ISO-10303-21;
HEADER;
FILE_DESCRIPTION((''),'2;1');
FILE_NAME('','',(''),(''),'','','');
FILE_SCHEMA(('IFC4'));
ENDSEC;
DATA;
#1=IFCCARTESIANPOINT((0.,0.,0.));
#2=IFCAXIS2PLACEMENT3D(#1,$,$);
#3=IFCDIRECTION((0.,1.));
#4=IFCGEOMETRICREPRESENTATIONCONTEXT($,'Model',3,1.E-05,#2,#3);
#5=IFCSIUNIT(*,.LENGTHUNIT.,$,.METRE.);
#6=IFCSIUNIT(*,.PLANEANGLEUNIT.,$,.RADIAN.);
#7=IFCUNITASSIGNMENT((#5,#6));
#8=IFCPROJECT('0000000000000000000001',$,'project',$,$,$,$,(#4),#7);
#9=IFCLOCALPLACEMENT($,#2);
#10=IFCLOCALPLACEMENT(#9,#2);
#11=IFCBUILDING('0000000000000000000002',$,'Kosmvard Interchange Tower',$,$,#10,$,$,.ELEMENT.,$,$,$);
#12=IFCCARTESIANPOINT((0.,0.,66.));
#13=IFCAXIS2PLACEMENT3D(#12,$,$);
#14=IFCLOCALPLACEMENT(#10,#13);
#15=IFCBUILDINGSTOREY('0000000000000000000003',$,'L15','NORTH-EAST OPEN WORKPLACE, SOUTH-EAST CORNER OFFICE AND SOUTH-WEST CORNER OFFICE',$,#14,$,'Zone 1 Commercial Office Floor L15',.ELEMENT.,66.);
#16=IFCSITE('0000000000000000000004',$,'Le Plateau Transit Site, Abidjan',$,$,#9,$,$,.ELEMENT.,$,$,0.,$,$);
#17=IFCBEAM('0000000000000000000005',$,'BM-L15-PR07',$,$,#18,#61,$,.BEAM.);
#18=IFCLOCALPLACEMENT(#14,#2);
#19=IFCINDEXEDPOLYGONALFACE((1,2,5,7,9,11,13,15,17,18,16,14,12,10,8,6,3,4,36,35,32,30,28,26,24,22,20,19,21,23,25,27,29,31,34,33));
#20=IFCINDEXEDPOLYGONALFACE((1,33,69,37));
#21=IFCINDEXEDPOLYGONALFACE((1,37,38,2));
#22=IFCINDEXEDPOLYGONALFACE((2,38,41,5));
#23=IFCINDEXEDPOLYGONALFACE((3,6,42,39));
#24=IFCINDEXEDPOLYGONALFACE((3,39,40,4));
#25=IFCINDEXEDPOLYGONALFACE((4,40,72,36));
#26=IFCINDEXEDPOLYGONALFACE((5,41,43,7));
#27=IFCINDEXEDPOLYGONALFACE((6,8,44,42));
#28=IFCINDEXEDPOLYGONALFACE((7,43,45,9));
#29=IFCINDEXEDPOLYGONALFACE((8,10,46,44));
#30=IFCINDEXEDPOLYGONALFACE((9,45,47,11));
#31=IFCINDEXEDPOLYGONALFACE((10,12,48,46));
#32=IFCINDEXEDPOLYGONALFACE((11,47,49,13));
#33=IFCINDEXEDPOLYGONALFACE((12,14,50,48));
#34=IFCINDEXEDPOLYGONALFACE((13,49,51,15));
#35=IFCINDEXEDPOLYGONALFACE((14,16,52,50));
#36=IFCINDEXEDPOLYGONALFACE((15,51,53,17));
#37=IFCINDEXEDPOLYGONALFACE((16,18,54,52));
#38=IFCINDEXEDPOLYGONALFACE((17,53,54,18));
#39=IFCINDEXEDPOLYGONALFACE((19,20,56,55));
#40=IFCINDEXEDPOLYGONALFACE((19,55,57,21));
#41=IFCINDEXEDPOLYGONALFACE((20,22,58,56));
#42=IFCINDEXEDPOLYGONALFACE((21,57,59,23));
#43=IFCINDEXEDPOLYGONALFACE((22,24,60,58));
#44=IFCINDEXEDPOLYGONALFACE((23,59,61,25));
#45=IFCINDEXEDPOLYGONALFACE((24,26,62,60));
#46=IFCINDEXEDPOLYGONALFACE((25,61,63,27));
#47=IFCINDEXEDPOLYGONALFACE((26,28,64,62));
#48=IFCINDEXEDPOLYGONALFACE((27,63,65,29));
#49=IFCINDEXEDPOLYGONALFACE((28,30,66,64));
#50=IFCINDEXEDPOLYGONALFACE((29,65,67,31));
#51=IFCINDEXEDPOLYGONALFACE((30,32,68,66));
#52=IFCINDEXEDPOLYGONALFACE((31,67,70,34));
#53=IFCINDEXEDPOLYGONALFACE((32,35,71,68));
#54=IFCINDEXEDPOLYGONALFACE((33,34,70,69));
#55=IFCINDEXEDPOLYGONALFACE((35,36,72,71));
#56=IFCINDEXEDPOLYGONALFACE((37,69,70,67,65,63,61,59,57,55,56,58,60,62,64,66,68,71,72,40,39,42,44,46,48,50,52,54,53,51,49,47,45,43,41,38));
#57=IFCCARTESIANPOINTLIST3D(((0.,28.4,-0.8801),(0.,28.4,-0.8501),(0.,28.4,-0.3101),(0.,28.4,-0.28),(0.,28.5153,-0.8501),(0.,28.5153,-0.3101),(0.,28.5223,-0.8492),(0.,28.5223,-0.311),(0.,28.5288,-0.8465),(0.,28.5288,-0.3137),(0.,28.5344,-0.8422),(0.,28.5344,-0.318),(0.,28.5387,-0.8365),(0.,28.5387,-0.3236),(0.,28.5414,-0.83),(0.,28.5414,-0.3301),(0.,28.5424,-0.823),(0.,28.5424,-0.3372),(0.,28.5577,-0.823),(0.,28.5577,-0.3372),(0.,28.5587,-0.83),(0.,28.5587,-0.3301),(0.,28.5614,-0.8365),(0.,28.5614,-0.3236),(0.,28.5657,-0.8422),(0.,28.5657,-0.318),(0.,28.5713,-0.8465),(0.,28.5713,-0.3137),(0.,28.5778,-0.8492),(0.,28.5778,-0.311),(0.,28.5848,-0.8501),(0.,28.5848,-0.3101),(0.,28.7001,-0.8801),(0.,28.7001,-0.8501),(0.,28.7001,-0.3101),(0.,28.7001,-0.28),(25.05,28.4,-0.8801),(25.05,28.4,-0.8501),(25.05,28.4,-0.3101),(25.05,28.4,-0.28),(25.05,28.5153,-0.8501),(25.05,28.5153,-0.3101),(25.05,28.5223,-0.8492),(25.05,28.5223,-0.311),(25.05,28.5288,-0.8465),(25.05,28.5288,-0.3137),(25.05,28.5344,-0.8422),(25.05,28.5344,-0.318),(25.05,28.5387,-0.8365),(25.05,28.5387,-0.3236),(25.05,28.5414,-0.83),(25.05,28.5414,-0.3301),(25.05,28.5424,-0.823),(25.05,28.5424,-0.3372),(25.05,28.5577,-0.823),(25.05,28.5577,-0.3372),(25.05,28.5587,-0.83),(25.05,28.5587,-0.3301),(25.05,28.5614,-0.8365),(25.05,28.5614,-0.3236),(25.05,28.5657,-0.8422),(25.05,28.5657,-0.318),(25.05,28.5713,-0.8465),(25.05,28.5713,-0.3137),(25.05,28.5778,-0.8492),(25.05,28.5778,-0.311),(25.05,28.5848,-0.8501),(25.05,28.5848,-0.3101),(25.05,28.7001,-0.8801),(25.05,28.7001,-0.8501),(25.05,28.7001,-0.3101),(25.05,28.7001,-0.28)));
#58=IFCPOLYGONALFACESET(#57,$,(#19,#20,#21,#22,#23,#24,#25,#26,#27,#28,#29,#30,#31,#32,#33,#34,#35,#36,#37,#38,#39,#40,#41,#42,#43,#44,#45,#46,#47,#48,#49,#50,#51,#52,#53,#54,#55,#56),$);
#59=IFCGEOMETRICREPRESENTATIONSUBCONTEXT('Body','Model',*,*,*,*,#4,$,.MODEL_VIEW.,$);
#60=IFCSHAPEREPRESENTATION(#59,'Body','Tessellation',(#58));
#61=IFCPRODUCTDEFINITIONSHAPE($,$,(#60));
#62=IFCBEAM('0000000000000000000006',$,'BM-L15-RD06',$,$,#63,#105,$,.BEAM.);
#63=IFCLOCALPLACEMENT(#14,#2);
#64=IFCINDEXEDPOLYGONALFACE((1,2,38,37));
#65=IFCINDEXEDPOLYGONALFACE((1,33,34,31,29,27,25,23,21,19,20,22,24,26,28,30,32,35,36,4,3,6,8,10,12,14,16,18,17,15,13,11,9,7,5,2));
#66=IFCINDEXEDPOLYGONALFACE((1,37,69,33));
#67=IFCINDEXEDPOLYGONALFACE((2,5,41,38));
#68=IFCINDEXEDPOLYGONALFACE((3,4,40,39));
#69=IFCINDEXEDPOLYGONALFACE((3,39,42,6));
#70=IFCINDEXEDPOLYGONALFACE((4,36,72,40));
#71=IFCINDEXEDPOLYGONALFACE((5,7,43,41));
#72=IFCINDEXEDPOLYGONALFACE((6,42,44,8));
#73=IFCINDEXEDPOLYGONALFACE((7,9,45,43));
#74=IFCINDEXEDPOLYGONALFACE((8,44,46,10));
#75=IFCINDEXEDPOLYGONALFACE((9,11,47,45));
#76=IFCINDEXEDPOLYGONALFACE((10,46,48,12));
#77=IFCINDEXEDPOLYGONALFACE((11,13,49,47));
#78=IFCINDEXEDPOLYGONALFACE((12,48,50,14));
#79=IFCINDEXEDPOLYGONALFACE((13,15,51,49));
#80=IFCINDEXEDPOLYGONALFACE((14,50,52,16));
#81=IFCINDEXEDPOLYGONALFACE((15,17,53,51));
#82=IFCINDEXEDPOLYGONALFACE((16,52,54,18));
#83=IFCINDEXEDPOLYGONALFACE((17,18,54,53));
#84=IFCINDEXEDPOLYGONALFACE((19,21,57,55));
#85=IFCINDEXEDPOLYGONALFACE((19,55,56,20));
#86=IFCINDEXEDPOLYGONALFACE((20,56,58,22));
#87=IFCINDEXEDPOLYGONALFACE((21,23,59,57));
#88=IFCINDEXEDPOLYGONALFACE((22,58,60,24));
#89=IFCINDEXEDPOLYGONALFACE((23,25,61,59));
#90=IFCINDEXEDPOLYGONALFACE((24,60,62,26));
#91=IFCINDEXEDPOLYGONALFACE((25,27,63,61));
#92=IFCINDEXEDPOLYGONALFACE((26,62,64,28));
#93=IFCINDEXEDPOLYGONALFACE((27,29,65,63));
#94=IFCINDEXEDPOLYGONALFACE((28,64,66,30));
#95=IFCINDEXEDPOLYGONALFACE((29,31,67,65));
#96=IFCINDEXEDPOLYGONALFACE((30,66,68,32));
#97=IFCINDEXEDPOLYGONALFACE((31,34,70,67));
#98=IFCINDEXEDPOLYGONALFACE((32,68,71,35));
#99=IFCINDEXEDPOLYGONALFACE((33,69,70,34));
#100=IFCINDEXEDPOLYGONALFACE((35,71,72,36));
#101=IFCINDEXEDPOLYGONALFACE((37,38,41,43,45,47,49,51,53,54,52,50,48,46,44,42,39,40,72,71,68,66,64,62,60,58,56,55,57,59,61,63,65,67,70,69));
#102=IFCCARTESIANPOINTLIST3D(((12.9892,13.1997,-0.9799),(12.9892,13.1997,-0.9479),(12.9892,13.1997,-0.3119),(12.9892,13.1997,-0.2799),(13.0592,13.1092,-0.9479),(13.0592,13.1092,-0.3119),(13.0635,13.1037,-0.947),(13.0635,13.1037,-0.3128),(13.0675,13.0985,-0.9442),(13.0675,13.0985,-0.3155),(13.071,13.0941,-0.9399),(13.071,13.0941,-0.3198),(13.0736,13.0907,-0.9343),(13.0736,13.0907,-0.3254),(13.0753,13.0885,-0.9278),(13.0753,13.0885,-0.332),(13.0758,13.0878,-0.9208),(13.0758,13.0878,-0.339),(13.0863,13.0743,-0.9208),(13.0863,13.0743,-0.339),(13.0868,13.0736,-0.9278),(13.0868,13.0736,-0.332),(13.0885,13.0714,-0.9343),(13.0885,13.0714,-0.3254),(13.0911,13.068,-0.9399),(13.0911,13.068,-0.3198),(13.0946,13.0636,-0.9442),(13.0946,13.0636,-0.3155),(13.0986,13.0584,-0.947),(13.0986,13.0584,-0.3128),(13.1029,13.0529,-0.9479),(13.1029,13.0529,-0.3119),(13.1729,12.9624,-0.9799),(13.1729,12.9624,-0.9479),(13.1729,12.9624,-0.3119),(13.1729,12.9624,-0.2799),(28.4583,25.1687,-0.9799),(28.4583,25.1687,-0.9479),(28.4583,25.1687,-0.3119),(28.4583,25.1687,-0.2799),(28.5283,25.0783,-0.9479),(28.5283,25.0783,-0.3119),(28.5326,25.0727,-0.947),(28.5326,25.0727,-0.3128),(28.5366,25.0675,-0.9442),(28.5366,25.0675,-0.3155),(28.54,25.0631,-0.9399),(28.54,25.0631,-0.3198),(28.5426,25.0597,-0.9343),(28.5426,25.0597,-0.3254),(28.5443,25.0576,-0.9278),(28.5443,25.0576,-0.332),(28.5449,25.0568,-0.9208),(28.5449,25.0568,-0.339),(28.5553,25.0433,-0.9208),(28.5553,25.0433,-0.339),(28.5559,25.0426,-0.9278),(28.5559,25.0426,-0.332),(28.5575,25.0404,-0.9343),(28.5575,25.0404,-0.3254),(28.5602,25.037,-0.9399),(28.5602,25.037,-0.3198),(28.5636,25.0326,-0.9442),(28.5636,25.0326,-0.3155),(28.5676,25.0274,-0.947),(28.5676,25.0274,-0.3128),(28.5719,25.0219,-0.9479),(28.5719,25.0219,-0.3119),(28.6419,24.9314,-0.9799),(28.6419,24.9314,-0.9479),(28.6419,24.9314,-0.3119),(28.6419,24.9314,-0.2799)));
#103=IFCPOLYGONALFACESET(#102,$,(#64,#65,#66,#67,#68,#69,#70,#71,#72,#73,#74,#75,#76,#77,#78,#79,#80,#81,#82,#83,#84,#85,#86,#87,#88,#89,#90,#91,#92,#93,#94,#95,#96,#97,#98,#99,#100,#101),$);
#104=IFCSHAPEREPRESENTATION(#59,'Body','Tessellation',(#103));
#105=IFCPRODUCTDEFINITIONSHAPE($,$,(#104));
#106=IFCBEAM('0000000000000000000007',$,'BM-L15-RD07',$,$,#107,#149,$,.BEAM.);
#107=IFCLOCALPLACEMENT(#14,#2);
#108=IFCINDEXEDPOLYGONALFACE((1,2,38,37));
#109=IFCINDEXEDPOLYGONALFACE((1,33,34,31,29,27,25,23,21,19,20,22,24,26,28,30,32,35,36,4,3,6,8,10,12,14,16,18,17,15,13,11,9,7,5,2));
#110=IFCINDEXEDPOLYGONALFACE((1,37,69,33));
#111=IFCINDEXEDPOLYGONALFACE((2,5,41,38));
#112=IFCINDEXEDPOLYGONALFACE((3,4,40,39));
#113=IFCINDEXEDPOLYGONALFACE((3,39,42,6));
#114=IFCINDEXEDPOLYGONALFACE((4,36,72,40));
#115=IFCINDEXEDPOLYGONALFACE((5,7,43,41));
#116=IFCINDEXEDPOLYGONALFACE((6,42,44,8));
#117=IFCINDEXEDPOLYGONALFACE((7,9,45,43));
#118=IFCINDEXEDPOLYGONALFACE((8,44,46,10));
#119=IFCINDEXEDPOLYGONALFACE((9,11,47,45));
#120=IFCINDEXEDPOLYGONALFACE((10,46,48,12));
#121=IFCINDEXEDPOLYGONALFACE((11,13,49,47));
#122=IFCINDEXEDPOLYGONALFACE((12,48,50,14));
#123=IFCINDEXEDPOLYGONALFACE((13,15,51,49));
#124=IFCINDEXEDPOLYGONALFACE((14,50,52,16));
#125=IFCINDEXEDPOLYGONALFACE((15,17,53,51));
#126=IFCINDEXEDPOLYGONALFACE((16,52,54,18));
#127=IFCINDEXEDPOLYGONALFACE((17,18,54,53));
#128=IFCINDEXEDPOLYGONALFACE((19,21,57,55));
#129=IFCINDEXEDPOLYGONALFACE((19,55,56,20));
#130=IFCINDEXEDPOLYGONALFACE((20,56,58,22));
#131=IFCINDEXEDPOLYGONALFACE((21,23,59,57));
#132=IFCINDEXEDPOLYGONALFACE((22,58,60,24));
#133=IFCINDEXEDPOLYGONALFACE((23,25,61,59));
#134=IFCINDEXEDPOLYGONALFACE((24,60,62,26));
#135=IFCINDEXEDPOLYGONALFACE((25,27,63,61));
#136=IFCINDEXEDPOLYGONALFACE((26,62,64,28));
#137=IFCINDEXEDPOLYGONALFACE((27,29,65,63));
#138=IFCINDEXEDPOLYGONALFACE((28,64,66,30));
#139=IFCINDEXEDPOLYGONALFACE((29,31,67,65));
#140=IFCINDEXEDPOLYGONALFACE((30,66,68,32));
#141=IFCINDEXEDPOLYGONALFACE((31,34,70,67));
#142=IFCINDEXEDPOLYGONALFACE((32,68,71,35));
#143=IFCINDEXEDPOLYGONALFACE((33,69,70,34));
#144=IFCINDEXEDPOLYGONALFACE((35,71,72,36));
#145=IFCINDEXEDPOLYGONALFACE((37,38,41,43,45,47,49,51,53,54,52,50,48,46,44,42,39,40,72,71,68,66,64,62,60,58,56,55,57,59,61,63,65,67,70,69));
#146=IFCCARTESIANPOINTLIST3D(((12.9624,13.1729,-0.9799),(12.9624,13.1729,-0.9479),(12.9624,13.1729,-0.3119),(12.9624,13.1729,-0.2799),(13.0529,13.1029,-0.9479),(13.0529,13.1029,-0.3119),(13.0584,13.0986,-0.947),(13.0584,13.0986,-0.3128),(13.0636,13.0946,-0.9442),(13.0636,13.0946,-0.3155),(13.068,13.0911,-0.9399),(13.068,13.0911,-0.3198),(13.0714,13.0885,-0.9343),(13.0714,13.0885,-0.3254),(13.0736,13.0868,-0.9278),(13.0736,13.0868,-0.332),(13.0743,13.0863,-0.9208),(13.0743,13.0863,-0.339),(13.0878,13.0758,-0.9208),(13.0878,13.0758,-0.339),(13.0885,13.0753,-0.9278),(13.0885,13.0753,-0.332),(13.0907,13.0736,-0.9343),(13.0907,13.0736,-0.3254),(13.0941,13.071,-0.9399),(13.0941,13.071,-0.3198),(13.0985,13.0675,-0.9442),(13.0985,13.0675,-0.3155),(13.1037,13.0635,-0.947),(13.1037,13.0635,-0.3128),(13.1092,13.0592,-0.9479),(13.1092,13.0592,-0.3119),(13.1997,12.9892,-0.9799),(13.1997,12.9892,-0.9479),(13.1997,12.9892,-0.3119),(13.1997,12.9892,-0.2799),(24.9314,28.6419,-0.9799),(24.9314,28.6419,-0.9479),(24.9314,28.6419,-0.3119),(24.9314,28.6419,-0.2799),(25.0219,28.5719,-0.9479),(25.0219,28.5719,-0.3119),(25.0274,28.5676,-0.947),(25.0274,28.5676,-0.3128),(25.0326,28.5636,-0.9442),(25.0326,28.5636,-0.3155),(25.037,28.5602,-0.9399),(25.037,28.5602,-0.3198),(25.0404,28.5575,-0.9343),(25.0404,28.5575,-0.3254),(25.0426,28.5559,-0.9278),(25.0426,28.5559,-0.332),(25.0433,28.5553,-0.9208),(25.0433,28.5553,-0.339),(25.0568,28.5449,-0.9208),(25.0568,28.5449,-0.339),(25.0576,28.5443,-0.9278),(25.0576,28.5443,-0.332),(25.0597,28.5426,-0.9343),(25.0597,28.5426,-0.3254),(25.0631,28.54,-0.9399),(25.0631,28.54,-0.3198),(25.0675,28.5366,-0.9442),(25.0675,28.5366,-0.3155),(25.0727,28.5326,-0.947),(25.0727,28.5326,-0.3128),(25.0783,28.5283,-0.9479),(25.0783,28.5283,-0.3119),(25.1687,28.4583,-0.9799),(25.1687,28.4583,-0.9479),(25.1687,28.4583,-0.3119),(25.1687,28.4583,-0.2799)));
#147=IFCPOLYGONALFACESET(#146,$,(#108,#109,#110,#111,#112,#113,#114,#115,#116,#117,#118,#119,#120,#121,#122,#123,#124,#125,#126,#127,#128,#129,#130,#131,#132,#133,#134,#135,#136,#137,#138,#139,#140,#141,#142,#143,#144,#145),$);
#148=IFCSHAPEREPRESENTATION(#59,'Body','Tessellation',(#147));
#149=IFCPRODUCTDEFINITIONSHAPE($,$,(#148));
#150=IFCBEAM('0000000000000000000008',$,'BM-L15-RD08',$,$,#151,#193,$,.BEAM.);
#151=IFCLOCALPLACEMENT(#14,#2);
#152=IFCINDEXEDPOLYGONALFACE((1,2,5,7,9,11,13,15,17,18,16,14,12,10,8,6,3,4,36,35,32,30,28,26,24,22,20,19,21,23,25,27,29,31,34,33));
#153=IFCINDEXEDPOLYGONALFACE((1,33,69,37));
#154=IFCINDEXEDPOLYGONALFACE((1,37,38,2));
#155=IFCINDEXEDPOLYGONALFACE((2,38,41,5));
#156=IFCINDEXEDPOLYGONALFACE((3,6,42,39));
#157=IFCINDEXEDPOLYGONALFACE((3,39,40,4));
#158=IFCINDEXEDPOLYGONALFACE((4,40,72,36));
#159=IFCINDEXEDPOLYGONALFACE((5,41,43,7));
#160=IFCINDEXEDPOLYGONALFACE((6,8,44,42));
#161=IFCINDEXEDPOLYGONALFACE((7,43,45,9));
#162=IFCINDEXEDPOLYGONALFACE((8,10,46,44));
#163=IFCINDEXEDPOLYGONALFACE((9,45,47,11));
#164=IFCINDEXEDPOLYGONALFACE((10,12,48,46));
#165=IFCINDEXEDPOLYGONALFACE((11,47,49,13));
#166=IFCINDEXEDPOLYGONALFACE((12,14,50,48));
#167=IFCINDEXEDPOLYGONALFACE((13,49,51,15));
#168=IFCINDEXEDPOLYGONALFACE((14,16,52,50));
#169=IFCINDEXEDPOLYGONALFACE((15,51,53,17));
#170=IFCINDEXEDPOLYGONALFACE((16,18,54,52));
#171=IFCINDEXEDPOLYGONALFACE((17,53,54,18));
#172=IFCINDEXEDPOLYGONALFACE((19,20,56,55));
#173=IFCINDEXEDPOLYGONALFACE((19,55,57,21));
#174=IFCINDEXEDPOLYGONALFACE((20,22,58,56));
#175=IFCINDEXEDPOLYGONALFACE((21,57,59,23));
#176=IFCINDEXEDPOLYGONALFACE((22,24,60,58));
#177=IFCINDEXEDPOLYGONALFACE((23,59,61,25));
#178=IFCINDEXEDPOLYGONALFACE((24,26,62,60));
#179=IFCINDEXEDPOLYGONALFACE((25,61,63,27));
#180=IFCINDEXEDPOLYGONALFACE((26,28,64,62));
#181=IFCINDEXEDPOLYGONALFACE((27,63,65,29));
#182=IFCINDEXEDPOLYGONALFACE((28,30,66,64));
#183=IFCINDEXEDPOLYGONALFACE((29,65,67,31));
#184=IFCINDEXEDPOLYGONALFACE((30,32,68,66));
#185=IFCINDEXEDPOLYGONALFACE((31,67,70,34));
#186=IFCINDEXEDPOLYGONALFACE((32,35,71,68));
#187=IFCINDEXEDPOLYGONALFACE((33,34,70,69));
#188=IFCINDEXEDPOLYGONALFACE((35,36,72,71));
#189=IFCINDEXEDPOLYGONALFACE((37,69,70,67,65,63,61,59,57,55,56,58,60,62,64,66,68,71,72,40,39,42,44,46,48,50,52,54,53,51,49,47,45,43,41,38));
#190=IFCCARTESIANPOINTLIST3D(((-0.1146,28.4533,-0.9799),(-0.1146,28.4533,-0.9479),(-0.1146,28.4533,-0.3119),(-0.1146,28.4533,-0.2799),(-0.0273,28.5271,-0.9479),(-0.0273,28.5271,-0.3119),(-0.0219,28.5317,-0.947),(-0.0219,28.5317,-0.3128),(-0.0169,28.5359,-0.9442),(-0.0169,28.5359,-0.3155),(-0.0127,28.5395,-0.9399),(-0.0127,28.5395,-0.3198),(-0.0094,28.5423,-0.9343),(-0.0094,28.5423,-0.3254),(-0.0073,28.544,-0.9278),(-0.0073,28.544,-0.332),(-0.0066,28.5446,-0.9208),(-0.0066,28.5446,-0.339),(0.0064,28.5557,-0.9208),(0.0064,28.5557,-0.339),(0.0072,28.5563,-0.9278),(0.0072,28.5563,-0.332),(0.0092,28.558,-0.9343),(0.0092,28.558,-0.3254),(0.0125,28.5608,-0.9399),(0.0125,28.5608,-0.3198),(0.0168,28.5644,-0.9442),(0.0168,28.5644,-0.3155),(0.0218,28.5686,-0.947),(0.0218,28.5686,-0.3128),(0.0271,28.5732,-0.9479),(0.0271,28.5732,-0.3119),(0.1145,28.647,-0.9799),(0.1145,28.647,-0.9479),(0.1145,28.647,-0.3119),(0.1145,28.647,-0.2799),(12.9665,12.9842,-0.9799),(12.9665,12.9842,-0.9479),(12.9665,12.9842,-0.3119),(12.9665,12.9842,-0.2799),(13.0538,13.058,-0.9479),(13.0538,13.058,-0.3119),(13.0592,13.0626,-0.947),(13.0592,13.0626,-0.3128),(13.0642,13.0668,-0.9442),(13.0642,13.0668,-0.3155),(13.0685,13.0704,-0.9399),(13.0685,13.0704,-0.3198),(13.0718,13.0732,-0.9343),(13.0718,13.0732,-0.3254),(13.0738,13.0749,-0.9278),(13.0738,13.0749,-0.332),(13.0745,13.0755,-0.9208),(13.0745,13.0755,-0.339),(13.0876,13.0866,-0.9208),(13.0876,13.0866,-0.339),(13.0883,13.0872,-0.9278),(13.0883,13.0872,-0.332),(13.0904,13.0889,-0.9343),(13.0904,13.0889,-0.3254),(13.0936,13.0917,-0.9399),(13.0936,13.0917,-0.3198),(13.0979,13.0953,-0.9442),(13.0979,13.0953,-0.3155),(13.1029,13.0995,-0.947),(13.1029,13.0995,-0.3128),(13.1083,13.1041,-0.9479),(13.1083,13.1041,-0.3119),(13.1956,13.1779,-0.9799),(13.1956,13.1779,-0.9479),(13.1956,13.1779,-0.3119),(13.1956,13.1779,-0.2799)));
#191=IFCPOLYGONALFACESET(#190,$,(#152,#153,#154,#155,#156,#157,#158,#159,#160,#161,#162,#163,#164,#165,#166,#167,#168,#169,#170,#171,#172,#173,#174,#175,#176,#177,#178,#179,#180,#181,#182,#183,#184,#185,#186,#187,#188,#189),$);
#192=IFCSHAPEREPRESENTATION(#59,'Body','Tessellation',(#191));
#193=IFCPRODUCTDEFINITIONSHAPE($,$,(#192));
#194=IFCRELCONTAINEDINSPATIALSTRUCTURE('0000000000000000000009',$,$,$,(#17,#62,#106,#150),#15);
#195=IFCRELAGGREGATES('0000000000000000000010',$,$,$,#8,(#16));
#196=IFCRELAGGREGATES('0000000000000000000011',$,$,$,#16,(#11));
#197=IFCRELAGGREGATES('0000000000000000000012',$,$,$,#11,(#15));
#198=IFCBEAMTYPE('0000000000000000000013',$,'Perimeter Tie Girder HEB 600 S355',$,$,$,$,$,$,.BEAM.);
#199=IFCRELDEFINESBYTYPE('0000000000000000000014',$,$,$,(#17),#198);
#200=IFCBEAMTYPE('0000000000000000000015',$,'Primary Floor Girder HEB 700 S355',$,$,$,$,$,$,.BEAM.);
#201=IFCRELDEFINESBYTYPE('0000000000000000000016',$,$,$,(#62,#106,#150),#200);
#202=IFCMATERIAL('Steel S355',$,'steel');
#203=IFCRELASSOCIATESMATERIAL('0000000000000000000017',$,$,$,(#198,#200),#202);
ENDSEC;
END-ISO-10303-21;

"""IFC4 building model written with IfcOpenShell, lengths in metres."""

from ifc_helpers import new_model, si_unit, direction, frame, origin, origin_2d, place, context, subcontext, project, spatial, i_section, extrude, source, transform, mapped, material, material_profile, profile_set, type_object, element, save


model = new_model("IFC4")

# Units and contexts
model_context = context("Model", 3, precision=1e-05, world=origin(), true_north=direction((0.0, 1.0)))
body_context = subcontext(model_context, "Body", "Model", "MODEL_VIEW")
ifc_project = project(units=[si_unit("LENGTHUNIT", "METRE"), si_unit("PLANEANGLEUNIT", "RADIAN")], contexts=[model_context])

# Site, building, storey
site_placement = place(None, origin())
site = spatial("IfcSite", under=ifc_project, at=site_placement, Name="Le Plateau Transit Site, Abidjan", CompositionType="ELEMENT", RefElevation=0.0)
building_placement = place(site_placement, origin())
building = spatial("IfcBuilding", under=site, at=building_placement, Name="Kosmvard Interchange Tower", CompositionType="ELEMENT")
storey_placement = place(building_placement, frame((0.0, 0.0, 66.0)))
storey = spatial("IfcBuildingStorey", under=building, at=storey_placement, Name="L15", Description="NORTH-EAST OPEN WORKPLACE, SOUTH-EAST CORNER OFFICE AND SOUTH-WEST CORNER OFFICE", LongName="Zone 1 Commercial Office Floor L15", CompositionType="ELEMENT", Elevation=66.0)

# Beams
ifc_material_1 = material(Name="Steel S355", Category="steel")
ifc_material_profile_1 = material_profile(ifc_material_1, i_section(OverallWidth=0.3, OverallDepth=0.6001, WebThickness=0.0154, FlangeThickness=0.03, FilletRadius=0.0271, at=origin_2d()), Name="HEB 600")
ifc_profile_set_1 = profile_set([ifc_material_profile_1], Name="Steel S355")
beam_type_1 = type_object("IfcBeamType", Name="Perimeter Tie Girder HEB 600 S355", PredefinedType="BEAM", material=ifc_profile_set_1)
shared_shape_1 = source(origin(), body_context, "Body", "SweptSolid", [
    extrude(i_section(OverallWidth=0.3, OverallDepth=0.6001, WebThickness=0.0154, FlangeThickness=0.03, FilletRadius=0.0271, at=origin_2d()), origin(), (0.0, 0.0, 1.0), 25.05),
])
beam_1_placement = place(storey_placement, frame((25.05, 28.55, -0.5801), z_axis=(-1.0, 0.0, 0.0), x_axis=(0.0, -1.0, 0.0)))
element("IfcBeam", 1, at=beam_1_placement, inside=storey, type_object=beam_type_1, Name="BM-L15-PR07", PredefinedType="BEAM", context=body_context, shape_type="MappedRepresentation", body=[
    mapped(shared_shape_1, transform((0.0, 0.0, 0.0), scale=1.0)),
])
ifc_material_profile_2 = material_profile(ifc_material_1, i_section(OverallWidth=0.3, OverallDepth=0.7, WebThickness=0.0171, FlangeThickness=0.032, FilletRadius=0.0271, at=origin_2d()), Name="HEB 700")
ifc_profile_set_2 = profile_set([ifc_material_profile_2], Name="Steel S355")
beam_type_2 = type_object("IfcBeamType", Name="Primary Floor Girder HEB 700 S355", PredefinedType="BEAM", material=ifc_profile_set_2)
shared_shape_2 = source(origin(), body_context, "Body", "SweptSolid", [
    extrude(i_section(OverallWidth=0.3, OverallDepth=0.7, WebThickness=0.0171, FlangeThickness=0.032, FilletRadius=0.0271, at=origin_2d()), origin(), (0.0, 0.0, 1.0), 19.5588),
])
for number, where, z_axis, x_axis, name in (
    (2, (13.0811, 13.0811, -0.6299), (0.790897, 0.611949, 0.0), (-0.611949, 0.790897, 0.0), "BM-L15-RD06"),
    (3, (13.0811, 13.0811, -0.6299), (0.611949, 0.790897, 0.0), (-0.790897, 0.611949, 0.0), "BM-L15-RD07"),
):
    element("IfcBeam", number, at=place(storey_placement, frame(where, z_axis=z_axis, x_axis=x_axis)), inside=storey, type_object=beam_type_2, Name=name, PredefinedType="BEAM", context=body_context, shape_type="MappedRepresentation", body=[
        mapped(shared_shape_2, transform((0.0, 0.0, 0.0), scale=1.0)),
    ])
shared_shape_3 = source(origin(), body_context, "Body", "SweptSolid", [
    extrude(i_section(OverallWidth=0.3, OverallDepth=0.7, WebThickness=0.0171, FlangeThickness=0.032, FilletRadius=0.0271, at=origin_2d()), origin(), (0.0, 0.0, 1.0), 20.2585),
])
beam_2_placement = place(storey_placement, frame((13.0811, 13.0811, -0.6299), z_axis=(-0.645709, 0.763583, 0.0), x_axis=(-0.763583, -0.645709, 0.0)))
element("IfcBeam", 4, at=beam_2_placement, inside=storey, type_object=beam_type_2, Name="BM-L15-RD08", PredefinedType="BEAM", context=body_context, shape_type="MappedRepresentation", body=[
    mapped(shared_shape_3, transform((0.0, 0.0, 0.0), scale=1.0)),
])

save(model, "model.ifc")
